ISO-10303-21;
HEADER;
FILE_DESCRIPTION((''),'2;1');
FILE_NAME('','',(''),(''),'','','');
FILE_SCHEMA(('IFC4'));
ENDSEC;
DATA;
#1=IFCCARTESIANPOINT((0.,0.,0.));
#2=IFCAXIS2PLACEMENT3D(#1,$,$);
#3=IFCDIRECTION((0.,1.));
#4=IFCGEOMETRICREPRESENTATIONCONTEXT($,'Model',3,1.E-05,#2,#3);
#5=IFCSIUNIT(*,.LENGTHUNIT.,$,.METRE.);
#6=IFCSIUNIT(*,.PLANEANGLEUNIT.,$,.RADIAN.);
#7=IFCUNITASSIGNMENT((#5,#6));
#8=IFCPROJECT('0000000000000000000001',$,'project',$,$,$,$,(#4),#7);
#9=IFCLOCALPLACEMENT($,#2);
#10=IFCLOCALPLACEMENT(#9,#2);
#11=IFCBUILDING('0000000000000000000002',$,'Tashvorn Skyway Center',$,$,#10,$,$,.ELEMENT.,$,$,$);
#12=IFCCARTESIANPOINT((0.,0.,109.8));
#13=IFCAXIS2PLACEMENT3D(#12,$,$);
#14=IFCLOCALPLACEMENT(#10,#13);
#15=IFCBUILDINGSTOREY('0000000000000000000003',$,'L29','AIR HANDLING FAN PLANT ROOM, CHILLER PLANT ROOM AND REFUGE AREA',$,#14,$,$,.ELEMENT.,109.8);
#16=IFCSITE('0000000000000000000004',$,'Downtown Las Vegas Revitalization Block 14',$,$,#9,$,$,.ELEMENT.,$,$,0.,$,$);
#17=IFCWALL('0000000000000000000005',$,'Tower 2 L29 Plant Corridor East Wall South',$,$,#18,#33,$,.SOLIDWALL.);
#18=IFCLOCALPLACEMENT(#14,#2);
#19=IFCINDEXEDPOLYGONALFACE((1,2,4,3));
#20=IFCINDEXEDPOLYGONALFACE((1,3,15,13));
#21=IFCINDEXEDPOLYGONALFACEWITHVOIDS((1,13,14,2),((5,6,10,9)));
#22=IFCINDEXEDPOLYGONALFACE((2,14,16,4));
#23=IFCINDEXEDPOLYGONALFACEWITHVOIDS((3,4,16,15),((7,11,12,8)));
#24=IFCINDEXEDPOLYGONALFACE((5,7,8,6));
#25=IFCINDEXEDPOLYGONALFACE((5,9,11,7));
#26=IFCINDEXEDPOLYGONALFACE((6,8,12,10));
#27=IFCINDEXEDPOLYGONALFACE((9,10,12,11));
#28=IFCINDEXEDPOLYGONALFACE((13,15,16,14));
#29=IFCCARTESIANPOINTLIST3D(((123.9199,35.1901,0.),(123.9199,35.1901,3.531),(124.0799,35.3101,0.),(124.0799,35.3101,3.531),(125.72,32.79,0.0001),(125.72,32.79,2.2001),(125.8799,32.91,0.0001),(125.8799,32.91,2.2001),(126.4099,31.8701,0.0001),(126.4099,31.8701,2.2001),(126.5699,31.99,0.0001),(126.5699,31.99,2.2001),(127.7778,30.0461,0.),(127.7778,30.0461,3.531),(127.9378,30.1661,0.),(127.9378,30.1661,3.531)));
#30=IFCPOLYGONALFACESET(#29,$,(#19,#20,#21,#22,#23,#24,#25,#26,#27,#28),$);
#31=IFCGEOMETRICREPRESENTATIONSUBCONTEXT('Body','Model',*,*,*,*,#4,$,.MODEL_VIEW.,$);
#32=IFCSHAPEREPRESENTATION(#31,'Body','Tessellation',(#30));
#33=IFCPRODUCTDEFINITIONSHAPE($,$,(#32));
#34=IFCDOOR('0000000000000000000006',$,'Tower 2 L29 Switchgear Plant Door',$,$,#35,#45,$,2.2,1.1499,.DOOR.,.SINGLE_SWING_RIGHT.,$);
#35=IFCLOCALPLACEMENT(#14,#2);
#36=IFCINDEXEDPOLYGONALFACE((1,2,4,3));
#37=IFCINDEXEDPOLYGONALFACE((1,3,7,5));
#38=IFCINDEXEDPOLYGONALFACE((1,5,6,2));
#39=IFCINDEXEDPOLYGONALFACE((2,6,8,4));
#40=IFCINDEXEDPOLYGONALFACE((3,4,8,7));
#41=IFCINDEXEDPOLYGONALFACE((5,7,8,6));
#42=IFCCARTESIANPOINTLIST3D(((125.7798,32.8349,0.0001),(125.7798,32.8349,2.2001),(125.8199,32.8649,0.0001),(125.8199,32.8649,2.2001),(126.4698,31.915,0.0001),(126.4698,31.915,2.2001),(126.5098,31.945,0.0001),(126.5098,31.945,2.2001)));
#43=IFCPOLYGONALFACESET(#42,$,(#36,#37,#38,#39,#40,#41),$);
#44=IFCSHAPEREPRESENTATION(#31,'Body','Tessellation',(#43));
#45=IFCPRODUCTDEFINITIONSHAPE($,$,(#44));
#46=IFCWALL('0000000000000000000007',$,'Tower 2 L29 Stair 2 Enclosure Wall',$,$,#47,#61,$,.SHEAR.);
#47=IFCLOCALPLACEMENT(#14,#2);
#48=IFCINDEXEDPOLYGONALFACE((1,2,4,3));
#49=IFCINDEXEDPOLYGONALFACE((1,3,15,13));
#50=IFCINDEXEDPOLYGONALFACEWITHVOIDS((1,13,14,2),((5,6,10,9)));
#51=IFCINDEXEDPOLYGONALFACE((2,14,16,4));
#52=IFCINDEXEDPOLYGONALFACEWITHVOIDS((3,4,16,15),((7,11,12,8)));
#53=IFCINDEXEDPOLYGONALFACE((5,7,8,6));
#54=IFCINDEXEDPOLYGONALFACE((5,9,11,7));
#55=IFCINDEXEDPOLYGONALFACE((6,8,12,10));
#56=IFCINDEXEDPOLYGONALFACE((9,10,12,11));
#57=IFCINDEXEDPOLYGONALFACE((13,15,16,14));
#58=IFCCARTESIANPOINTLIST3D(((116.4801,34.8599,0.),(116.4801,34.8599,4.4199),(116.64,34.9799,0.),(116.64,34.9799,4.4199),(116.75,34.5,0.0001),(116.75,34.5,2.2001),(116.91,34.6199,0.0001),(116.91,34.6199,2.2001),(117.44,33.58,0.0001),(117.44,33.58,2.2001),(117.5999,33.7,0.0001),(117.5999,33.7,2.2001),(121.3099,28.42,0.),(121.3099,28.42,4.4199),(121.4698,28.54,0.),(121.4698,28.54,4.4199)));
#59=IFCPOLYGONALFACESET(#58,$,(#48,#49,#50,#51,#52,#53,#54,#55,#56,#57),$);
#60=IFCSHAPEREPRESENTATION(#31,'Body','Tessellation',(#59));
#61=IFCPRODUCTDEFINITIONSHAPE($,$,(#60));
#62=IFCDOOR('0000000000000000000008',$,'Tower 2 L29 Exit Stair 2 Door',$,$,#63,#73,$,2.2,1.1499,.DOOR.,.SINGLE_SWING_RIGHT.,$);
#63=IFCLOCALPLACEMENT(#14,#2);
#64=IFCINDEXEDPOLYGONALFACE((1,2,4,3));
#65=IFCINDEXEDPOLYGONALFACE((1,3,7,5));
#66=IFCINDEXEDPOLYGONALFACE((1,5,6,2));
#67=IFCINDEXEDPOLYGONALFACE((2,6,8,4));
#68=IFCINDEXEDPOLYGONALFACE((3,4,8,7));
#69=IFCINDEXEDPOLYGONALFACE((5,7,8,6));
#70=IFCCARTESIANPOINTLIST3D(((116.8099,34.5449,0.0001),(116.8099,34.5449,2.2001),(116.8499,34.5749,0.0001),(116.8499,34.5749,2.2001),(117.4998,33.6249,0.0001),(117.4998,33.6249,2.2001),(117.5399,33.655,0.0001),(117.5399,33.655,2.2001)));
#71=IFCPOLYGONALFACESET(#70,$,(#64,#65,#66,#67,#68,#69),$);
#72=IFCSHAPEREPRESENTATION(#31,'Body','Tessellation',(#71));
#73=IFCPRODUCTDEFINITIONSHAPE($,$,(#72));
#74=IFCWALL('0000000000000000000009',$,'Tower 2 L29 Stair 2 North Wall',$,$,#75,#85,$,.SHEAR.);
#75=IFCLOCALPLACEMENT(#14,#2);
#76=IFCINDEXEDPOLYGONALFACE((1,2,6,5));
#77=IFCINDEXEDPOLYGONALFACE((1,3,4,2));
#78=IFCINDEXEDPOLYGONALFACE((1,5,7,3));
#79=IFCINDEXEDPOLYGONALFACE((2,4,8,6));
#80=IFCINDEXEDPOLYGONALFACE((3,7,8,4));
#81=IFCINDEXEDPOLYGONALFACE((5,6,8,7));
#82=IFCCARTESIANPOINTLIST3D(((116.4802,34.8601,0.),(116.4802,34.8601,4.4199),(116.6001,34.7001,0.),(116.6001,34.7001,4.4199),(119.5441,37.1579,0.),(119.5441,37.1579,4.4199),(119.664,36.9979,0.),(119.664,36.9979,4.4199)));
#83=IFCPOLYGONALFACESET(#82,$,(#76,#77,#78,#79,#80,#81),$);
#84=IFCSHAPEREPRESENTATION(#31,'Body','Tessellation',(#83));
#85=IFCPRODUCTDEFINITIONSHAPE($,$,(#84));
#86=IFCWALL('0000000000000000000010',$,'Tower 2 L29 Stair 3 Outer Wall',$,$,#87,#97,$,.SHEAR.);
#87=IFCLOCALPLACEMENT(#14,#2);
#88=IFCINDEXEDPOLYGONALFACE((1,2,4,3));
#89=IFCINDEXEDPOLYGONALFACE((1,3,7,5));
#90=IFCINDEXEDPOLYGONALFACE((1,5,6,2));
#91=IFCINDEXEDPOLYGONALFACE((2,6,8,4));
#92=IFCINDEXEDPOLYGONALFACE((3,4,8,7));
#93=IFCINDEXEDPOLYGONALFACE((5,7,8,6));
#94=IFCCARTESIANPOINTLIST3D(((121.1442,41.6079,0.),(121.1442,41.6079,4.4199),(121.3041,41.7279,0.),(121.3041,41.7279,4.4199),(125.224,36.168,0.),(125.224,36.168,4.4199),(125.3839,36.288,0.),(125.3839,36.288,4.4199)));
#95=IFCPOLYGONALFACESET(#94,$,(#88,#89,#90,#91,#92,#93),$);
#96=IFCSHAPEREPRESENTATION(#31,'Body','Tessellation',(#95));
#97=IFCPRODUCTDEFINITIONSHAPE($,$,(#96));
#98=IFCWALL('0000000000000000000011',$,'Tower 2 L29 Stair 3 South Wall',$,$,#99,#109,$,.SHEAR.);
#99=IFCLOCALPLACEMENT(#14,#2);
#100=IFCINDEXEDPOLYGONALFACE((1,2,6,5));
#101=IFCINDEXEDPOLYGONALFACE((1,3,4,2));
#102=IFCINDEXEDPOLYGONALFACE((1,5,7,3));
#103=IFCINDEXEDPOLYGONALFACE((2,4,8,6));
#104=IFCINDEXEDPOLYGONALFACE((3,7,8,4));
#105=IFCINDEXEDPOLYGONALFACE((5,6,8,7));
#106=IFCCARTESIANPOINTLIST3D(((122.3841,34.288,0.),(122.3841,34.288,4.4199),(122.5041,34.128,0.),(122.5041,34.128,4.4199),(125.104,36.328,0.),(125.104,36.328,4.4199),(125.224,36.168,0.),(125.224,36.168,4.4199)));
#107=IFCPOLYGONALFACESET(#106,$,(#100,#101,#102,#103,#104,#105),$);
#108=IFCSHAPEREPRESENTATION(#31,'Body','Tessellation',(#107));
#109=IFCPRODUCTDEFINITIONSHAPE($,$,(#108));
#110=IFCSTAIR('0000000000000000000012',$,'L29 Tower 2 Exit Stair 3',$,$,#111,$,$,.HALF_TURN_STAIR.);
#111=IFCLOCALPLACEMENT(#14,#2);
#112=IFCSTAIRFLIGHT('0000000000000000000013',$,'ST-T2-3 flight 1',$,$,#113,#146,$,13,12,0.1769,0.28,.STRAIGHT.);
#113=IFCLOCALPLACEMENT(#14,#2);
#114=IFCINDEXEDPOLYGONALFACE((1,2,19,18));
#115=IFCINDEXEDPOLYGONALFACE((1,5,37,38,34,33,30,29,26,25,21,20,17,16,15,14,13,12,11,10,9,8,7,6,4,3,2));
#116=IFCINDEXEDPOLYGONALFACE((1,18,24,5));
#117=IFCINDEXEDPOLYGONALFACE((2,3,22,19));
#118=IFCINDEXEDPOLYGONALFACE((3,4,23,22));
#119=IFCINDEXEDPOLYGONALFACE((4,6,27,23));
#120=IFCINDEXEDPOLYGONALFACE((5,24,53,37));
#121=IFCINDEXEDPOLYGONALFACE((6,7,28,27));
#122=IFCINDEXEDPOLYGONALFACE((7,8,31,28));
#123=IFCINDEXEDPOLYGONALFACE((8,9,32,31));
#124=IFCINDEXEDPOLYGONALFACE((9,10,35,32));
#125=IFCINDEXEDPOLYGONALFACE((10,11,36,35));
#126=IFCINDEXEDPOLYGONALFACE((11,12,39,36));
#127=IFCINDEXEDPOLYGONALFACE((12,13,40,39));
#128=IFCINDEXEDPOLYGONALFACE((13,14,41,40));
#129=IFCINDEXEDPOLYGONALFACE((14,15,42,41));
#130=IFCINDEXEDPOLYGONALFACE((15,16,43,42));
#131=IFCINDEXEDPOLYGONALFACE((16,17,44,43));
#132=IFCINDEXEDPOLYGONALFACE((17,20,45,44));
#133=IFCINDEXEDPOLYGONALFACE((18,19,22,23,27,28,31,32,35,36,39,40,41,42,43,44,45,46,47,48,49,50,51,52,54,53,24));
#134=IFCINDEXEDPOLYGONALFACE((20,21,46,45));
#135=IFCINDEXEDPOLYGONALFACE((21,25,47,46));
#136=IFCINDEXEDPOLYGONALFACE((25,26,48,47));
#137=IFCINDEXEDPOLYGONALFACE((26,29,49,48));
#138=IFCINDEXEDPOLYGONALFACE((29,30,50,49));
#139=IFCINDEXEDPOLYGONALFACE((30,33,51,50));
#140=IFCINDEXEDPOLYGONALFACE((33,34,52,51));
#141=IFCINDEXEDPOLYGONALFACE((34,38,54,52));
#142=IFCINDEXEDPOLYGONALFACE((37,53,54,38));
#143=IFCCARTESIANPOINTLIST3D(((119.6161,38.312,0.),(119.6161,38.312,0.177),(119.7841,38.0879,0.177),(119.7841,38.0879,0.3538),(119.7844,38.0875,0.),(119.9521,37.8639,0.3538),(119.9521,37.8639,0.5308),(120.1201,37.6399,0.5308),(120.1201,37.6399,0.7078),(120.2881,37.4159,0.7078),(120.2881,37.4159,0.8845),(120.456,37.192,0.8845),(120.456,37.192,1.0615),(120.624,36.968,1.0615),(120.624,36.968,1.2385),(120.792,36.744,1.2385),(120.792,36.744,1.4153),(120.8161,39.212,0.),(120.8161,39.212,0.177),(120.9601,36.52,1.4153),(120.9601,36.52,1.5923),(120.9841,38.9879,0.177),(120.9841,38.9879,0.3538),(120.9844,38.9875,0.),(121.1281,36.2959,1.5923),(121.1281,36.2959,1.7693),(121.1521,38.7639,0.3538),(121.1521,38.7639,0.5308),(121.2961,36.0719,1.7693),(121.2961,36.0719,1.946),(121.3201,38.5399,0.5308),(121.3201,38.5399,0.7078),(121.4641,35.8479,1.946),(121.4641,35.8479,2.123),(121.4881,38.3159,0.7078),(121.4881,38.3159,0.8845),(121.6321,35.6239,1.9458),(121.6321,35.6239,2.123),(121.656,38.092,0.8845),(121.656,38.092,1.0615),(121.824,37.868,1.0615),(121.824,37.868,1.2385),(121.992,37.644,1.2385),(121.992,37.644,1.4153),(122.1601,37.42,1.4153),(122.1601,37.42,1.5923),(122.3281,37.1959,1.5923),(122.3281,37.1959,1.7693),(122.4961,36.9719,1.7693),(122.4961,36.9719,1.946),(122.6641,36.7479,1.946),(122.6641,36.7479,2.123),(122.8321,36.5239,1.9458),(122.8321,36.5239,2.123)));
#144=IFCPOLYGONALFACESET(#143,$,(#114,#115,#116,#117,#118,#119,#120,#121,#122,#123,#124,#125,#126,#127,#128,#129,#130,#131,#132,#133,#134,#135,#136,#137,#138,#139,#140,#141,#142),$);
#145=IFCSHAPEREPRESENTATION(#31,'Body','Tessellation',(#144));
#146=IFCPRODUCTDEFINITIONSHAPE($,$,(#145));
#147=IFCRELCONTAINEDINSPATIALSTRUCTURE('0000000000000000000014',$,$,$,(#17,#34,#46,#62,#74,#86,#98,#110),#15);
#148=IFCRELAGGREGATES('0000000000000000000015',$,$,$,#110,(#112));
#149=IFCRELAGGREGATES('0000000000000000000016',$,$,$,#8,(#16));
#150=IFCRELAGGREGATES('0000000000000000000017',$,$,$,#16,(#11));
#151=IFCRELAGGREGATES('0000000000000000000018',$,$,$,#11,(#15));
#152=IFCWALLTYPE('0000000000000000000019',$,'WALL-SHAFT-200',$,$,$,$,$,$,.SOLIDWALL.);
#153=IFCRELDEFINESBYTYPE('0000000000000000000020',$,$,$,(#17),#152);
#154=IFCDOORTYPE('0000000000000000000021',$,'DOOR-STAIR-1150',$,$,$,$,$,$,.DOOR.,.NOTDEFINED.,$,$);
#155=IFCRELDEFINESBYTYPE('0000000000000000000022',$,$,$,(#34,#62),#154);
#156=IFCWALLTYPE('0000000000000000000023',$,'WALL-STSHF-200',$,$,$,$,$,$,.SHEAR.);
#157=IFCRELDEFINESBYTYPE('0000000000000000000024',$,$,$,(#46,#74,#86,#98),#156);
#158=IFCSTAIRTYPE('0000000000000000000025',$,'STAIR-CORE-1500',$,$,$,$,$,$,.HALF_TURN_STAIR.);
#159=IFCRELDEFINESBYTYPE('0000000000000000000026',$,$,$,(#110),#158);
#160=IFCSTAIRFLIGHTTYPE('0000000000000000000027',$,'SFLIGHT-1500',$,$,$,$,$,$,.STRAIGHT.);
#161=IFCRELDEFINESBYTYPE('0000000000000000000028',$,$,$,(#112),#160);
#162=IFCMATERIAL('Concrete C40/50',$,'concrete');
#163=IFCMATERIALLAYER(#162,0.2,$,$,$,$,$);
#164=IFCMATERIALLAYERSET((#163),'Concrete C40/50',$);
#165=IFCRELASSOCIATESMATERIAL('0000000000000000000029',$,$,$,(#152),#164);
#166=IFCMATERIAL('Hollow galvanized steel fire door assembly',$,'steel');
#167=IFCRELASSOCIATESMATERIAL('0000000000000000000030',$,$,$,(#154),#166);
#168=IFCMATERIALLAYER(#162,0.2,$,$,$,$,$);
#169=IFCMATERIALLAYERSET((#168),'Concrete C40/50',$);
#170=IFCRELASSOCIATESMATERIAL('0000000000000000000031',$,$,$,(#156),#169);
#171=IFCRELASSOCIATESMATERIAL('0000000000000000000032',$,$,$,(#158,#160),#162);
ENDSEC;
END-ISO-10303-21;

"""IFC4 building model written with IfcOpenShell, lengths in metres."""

from ifc_helpers import new_model, si_unit, direction, frame, frame_2d, origin, place, context, subcontext, project, spatial, polyline, rectangle, outline, extrude, material, layer, layer_set, type_object, element, fill, aggregate, save


model = new_model("IFC4")

# Units and contexts
model_context = context("Model", 3, precision=1e-05, world=origin(), true_north=direction((0.0, 1.0)))
body_context = subcontext(model_context, "Body", "Model", "MODEL_VIEW")
ifc_project = project(units=[si_unit("LENGTHUNIT", "METRE"), si_unit("PLANEANGLEUNIT", "RADIAN")], contexts=[model_context])

# Site, building, storey
site_placement = place(None, origin())
site = spatial("IfcSite", under=ifc_project, at=site_placement, Name="Downtown Las Vegas Revitalization Block 14", CompositionType="ELEMENT", RefElevation=0.0)
building_placement = place(site_placement, origin())
building = spatial("IfcBuilding", under=site, at=building_placement, Name="Tashvorn Skyway Center", CompositionType="ELEMENT")
storey_placement = place(building_placement, frame((0.0, 0.0, 109.8)))
storey = spatial("IfcBuildingStorey", under=building, at=storey_placement, Name="L29", Description="AIR HANDLING FAN PLANT ROOM, CHILLER PLANT ROOM AND REFUGE AREA", CompositionType="ELEMENT", Elevation=109.8)

# Shared definitions
ifc_material_1 = material(Name="Concrete C40/50", Category="concrete")
ifc_layer_1 = layer(ifc_material_1, 0.2)
ifc_layer_set_1 = layer_set([ifc_layer_1], Name="Concrete C40/50")
wall_type_1 = type_object("IfcWallType", Name="WALL-SHAFT-200", PredefinedType="SOLIDWALL", material=ifc_layer_set_1)

# Walls, openings, doors
wall_1_placement = place(storey_placement, frame((124.0, 35.25, 0.0), z_axis=(0.0, 0.0, 1.0), x_axis=(0.599988, -0.800009, 0.0)))
wall_1 = element("IfcWall", 1, at=wall_1_placement, inside=storey, type_object=wall_type_1, Name="Tower 2 L29 Plant Corridor East Wall South", PredefinedType="SOLIDWALL", context=body_context, shape_type="SweptSolid", body=[
    extrude(rectangle(XDim=6.4299, YDim=0.2, at=frame_2d((3.2148, 0.0))), origin(), (0.0, 0.0, 1.0), 3.531),
])
opening_1_placement = place(wall_1_placement, frame((3.0, 0.0, 0.0)))
opening_1 = element("IfcOpeningElement", 2, at=opening_1_placement, cuts=wall_1, PredefinedType="OPENING", context=body_context, shape_type="SweptSolid", body=[
    extrude(rectangle(XDim=1.1499, YDim=2.2, at=frame_2d((0.575, 1.1001))), frame((0.0, 0.1099, 0.0), z_axis=(0.0, -1.0, 0.0), x_axis=(1.0, 0.0, 0.0)), (0.0, 0.0, 1.0), 0.22),
])
ifc_material_2 = material(Name="Hollow galvanized steel fire door assembly", Category="steel")
door_type = type_object("IfcDoorType", Name="DOOR-STAIR-1150", OperationType="NOTDEFINED", PredefinedType="DOOR", material=ifc_material_2)
door_1_placement = place(opening_1_placement, origin())
door_1 = element("IfcDoor", 3, at=door_1_placement, inside=storey, type_object=door_type, Name="Tower 2 L29 Switchgear Plant Door", OperationType="SINGLE_SWING_RIGHT", OverallHeight=2.2, OverallWidth=1.1499, PredefinedType="DOOR", context=body_context, shape_type="SweptSolid", body=[
    extrude(rectangle(XDim=1.1499, YDim=2.2, at=frame_2d((0.575, 1.1001))), frame((0.0, 0.0249, 0.0), z_axis=(0.0, -1.0, 0.0), x_axis=(1.0, 0.0, 0.0)), (0.0, 0.0, 1.0), 0.05),
])
fill(opening_1, door_1)
ifc_layer_2 = layer(ifc_material_1, 0.2)
ifc_layer_set_2 = layer_set([ifc_layer_2], Name="Concrete C40/50")
wall_type_2 = type_object("IfcWallType", Name="WALL-STSHF-200", PredefinedType="SHEAR", material=ifc_layer_set_2)
wall_2_placement = place(storey_placement, frame((116.5601, 34.9199, 0.0), z_axis=(0.0, 0.0, 1.0), x_axis=(0.59999, -0.800007, 0.0)))
wall_2 = element("IfcWall", 4, at=wall_2_placement, inside=storey, type_object=wall_type_2, Name="Tower 2 L29 Stair 2 Enclosure Wall", PredefinedType="SHEAR", context=body_context, shape_type="SweptSolid", body=[
    extrude(rectangle(XDim=8.0498, YDim=0.2, at=frame_2d((4.0249, 0.0))), origin(), (0.0, 0.0, 1.0), 4.4199),
])
opening_2_placement = place(wall_2_placement, frame((0.45, 0.0, 0.0)))
opening_2 = element("IfcOpeningElement", 5, at=opening_2_placement, cuts=wall_2, PredefinedType="OPENING", context=body_context, shape_type="SweptSolid", body=[
    extrude(rectangle(XDim=1.1499, YDim=2.2, at=frame_2d((0.575, 1.1001))), frame((0.0, 0.1099, 0.0), z_axis=(0.0, -1.0, 0.0), x_axis=(1.0, 0.0, 0.0)), (0.0, 0.0, 1.0), 0.22),
])
door_2_placement = place(opening_2_placement, origin())
door_2 = element("IfcDoor", 6, at=door_2_placement, inside=storey, type_object=door_type, Name="Tower 2 L29 Exit Stair 2 Door", OperationType="SINGLE_SWING_RIGHT", OverallHeight=2.2, OverallWidth=1.1499, PredefinedType="DOOR", context=body_context, shape_type="SweptSolid", body=[
    extrude(rectangle(XDim=1.1499, YDim=2.2, at=frame_2d((0.575, 1.1001))), frame((0.0, 0.0249, 0.0), z_axis=(0.0, -1.0, 0.0), x_axis=(1.0, 0.0, 0.0)), (0.0, 0.0, 1.0), 0.05),
])
fill(opening_2, door_2)

# Walls
wall_3_placement = place(storey_placement, frame((116.54, 34.78, 0.0), z_axis=(0.0, 0.0, 1.0), x_axis=(0.800015, 0.59998, 0.0)))
element("IfcWall", 7, at=wall_3_placement, inside=storey, type_object=wall_type_2, Name="Tower 2 L29 Stair 2 North Wall", PredefinedType="SHEAR", context=body_context, shape_type="SweptSolid", body=[
    extrude(rectangle(XDim=3.8298, YDim=0.2, at=frame_2d((1.915, 0.0))), origin(), (0.0, 0.0, 1.0), 4.4199),
])
wall_4_placement = place(storey_placement, frame((125.304, 36.228, 0.0), z_axis=(0.0, 0.0, 1.0), x_axis=(-0.599989, 0.800009, 0.0)))
element("IfcWall", 8, at=wall_4_placement, inside=storey, type_object=wall_type_2, Name="Tower 2 L29 Stair 3 Outer Wall", PredefinedType="SHEAR", context=body_context, shape_type="SweptSolid", body=[
    extrude(rectangle(XDim=6.7998, YDim=0.2, at=frame_2d((3.3999, 0.0))), origin(), (0.0, 0.0, 1.0), 4.4199),
])
wall_5_placement = place(storey_placement, frame((122.4441, 34.208, 0.0), z_axis=(0.0, 0.0, 1.0), x_axis=(0.799991, 0.600011, 0.0)))
element("IfcWall", 9, at=wall_5_placement, inside=storey, type_object=wall_type_2, Name="Tower 2 L29 Stair 3 South Wall", PredefinedType="SHEAR", context=body_context, shape_type="SweptSolid", body=[
    extrude(rectangle(XDim=3.3999, YDim=0.2, at=frame_2d((1.7, 0.0))), origin(), (0.0, 0.0, 1.0), 4.4199),
])

# Stair, stair flight
stair_type = type_object("IfcStairType", Name="STAIR-CORE-1500", PredefinedType="HALF_TURN_STAIR", material=ifc_material_1)
stair_placement = place(storey_placement, origin())
stair = element("IfcStair", 10, at=stair_placement, inside=storey, type_object=stair_type, Name="L29 Tower 2 Exit Stair 3", PredefinedType="HALF_TURN_STAIR")
stair_flight_type = type_object("IfcStairFlightType", Name="SFLIGHT-1500", PredefinedType="STRAIGHT", material=ifc_material_1)
stair_flight_1_placement = place(storey_placement, frame((120.2161, 38.762, 0.0), z_axis=(0.0, 0.0, 1.0), x_axis=(0.6, -0.8, 0.0)))
stair_flight_1 = element("IfcStairFlight", 11, at=stair_flight_1_placement, type_object=stair_flight_type, Name="ST-T2-3 flight 1", NumberOfRisers=13, NumberOfTreads=12, PredefinedType="STRAIGHT", RiserHeight=0.1769, TreadLength=0.28, context=body_context, shape_type="SweptSolid", body=[
    extrude(outline(polyline([(0.0, 0.0), (0.0, 0.177), (0.28, 0.177), (0.28, 0.3538), (0.5601, 0.3538), (0.5601, 0.5308), (0.8401, 0.5308), (0.8401, 0.7078), (1.1201, 0.7078), (1.1201, 0.8845), (1.3999, 0.8845), (1.3999, 1.0615), (1.6799, 1.0615), (1.6799, 1.2385), (1.96, 1.2385), (1.96, 1.4153), (2.24, 1.4153), (2.24, 1.5923), (2.52, 1.5923), (2.52, 1.7693), (2.8, 1.7693), (2.8, 1.946), (3.0801, 1.946), (3.0801, 2.123), (3.3601, 2.123), (3.3601, 2.3), (3.3601, 1.9458), (0.2805, 0.0), (0.0, 0.0)])), frame((0.0, 0.75, 0.0), z_axis=(0.0, -1.0, 0.0), x_axis=(1.0, 0.0, 0.0)), (0.0, 0.0, 1.0), 1.5),
])
aggregate(stair, [stair_flight_1])

save(model, "model.ifc")
